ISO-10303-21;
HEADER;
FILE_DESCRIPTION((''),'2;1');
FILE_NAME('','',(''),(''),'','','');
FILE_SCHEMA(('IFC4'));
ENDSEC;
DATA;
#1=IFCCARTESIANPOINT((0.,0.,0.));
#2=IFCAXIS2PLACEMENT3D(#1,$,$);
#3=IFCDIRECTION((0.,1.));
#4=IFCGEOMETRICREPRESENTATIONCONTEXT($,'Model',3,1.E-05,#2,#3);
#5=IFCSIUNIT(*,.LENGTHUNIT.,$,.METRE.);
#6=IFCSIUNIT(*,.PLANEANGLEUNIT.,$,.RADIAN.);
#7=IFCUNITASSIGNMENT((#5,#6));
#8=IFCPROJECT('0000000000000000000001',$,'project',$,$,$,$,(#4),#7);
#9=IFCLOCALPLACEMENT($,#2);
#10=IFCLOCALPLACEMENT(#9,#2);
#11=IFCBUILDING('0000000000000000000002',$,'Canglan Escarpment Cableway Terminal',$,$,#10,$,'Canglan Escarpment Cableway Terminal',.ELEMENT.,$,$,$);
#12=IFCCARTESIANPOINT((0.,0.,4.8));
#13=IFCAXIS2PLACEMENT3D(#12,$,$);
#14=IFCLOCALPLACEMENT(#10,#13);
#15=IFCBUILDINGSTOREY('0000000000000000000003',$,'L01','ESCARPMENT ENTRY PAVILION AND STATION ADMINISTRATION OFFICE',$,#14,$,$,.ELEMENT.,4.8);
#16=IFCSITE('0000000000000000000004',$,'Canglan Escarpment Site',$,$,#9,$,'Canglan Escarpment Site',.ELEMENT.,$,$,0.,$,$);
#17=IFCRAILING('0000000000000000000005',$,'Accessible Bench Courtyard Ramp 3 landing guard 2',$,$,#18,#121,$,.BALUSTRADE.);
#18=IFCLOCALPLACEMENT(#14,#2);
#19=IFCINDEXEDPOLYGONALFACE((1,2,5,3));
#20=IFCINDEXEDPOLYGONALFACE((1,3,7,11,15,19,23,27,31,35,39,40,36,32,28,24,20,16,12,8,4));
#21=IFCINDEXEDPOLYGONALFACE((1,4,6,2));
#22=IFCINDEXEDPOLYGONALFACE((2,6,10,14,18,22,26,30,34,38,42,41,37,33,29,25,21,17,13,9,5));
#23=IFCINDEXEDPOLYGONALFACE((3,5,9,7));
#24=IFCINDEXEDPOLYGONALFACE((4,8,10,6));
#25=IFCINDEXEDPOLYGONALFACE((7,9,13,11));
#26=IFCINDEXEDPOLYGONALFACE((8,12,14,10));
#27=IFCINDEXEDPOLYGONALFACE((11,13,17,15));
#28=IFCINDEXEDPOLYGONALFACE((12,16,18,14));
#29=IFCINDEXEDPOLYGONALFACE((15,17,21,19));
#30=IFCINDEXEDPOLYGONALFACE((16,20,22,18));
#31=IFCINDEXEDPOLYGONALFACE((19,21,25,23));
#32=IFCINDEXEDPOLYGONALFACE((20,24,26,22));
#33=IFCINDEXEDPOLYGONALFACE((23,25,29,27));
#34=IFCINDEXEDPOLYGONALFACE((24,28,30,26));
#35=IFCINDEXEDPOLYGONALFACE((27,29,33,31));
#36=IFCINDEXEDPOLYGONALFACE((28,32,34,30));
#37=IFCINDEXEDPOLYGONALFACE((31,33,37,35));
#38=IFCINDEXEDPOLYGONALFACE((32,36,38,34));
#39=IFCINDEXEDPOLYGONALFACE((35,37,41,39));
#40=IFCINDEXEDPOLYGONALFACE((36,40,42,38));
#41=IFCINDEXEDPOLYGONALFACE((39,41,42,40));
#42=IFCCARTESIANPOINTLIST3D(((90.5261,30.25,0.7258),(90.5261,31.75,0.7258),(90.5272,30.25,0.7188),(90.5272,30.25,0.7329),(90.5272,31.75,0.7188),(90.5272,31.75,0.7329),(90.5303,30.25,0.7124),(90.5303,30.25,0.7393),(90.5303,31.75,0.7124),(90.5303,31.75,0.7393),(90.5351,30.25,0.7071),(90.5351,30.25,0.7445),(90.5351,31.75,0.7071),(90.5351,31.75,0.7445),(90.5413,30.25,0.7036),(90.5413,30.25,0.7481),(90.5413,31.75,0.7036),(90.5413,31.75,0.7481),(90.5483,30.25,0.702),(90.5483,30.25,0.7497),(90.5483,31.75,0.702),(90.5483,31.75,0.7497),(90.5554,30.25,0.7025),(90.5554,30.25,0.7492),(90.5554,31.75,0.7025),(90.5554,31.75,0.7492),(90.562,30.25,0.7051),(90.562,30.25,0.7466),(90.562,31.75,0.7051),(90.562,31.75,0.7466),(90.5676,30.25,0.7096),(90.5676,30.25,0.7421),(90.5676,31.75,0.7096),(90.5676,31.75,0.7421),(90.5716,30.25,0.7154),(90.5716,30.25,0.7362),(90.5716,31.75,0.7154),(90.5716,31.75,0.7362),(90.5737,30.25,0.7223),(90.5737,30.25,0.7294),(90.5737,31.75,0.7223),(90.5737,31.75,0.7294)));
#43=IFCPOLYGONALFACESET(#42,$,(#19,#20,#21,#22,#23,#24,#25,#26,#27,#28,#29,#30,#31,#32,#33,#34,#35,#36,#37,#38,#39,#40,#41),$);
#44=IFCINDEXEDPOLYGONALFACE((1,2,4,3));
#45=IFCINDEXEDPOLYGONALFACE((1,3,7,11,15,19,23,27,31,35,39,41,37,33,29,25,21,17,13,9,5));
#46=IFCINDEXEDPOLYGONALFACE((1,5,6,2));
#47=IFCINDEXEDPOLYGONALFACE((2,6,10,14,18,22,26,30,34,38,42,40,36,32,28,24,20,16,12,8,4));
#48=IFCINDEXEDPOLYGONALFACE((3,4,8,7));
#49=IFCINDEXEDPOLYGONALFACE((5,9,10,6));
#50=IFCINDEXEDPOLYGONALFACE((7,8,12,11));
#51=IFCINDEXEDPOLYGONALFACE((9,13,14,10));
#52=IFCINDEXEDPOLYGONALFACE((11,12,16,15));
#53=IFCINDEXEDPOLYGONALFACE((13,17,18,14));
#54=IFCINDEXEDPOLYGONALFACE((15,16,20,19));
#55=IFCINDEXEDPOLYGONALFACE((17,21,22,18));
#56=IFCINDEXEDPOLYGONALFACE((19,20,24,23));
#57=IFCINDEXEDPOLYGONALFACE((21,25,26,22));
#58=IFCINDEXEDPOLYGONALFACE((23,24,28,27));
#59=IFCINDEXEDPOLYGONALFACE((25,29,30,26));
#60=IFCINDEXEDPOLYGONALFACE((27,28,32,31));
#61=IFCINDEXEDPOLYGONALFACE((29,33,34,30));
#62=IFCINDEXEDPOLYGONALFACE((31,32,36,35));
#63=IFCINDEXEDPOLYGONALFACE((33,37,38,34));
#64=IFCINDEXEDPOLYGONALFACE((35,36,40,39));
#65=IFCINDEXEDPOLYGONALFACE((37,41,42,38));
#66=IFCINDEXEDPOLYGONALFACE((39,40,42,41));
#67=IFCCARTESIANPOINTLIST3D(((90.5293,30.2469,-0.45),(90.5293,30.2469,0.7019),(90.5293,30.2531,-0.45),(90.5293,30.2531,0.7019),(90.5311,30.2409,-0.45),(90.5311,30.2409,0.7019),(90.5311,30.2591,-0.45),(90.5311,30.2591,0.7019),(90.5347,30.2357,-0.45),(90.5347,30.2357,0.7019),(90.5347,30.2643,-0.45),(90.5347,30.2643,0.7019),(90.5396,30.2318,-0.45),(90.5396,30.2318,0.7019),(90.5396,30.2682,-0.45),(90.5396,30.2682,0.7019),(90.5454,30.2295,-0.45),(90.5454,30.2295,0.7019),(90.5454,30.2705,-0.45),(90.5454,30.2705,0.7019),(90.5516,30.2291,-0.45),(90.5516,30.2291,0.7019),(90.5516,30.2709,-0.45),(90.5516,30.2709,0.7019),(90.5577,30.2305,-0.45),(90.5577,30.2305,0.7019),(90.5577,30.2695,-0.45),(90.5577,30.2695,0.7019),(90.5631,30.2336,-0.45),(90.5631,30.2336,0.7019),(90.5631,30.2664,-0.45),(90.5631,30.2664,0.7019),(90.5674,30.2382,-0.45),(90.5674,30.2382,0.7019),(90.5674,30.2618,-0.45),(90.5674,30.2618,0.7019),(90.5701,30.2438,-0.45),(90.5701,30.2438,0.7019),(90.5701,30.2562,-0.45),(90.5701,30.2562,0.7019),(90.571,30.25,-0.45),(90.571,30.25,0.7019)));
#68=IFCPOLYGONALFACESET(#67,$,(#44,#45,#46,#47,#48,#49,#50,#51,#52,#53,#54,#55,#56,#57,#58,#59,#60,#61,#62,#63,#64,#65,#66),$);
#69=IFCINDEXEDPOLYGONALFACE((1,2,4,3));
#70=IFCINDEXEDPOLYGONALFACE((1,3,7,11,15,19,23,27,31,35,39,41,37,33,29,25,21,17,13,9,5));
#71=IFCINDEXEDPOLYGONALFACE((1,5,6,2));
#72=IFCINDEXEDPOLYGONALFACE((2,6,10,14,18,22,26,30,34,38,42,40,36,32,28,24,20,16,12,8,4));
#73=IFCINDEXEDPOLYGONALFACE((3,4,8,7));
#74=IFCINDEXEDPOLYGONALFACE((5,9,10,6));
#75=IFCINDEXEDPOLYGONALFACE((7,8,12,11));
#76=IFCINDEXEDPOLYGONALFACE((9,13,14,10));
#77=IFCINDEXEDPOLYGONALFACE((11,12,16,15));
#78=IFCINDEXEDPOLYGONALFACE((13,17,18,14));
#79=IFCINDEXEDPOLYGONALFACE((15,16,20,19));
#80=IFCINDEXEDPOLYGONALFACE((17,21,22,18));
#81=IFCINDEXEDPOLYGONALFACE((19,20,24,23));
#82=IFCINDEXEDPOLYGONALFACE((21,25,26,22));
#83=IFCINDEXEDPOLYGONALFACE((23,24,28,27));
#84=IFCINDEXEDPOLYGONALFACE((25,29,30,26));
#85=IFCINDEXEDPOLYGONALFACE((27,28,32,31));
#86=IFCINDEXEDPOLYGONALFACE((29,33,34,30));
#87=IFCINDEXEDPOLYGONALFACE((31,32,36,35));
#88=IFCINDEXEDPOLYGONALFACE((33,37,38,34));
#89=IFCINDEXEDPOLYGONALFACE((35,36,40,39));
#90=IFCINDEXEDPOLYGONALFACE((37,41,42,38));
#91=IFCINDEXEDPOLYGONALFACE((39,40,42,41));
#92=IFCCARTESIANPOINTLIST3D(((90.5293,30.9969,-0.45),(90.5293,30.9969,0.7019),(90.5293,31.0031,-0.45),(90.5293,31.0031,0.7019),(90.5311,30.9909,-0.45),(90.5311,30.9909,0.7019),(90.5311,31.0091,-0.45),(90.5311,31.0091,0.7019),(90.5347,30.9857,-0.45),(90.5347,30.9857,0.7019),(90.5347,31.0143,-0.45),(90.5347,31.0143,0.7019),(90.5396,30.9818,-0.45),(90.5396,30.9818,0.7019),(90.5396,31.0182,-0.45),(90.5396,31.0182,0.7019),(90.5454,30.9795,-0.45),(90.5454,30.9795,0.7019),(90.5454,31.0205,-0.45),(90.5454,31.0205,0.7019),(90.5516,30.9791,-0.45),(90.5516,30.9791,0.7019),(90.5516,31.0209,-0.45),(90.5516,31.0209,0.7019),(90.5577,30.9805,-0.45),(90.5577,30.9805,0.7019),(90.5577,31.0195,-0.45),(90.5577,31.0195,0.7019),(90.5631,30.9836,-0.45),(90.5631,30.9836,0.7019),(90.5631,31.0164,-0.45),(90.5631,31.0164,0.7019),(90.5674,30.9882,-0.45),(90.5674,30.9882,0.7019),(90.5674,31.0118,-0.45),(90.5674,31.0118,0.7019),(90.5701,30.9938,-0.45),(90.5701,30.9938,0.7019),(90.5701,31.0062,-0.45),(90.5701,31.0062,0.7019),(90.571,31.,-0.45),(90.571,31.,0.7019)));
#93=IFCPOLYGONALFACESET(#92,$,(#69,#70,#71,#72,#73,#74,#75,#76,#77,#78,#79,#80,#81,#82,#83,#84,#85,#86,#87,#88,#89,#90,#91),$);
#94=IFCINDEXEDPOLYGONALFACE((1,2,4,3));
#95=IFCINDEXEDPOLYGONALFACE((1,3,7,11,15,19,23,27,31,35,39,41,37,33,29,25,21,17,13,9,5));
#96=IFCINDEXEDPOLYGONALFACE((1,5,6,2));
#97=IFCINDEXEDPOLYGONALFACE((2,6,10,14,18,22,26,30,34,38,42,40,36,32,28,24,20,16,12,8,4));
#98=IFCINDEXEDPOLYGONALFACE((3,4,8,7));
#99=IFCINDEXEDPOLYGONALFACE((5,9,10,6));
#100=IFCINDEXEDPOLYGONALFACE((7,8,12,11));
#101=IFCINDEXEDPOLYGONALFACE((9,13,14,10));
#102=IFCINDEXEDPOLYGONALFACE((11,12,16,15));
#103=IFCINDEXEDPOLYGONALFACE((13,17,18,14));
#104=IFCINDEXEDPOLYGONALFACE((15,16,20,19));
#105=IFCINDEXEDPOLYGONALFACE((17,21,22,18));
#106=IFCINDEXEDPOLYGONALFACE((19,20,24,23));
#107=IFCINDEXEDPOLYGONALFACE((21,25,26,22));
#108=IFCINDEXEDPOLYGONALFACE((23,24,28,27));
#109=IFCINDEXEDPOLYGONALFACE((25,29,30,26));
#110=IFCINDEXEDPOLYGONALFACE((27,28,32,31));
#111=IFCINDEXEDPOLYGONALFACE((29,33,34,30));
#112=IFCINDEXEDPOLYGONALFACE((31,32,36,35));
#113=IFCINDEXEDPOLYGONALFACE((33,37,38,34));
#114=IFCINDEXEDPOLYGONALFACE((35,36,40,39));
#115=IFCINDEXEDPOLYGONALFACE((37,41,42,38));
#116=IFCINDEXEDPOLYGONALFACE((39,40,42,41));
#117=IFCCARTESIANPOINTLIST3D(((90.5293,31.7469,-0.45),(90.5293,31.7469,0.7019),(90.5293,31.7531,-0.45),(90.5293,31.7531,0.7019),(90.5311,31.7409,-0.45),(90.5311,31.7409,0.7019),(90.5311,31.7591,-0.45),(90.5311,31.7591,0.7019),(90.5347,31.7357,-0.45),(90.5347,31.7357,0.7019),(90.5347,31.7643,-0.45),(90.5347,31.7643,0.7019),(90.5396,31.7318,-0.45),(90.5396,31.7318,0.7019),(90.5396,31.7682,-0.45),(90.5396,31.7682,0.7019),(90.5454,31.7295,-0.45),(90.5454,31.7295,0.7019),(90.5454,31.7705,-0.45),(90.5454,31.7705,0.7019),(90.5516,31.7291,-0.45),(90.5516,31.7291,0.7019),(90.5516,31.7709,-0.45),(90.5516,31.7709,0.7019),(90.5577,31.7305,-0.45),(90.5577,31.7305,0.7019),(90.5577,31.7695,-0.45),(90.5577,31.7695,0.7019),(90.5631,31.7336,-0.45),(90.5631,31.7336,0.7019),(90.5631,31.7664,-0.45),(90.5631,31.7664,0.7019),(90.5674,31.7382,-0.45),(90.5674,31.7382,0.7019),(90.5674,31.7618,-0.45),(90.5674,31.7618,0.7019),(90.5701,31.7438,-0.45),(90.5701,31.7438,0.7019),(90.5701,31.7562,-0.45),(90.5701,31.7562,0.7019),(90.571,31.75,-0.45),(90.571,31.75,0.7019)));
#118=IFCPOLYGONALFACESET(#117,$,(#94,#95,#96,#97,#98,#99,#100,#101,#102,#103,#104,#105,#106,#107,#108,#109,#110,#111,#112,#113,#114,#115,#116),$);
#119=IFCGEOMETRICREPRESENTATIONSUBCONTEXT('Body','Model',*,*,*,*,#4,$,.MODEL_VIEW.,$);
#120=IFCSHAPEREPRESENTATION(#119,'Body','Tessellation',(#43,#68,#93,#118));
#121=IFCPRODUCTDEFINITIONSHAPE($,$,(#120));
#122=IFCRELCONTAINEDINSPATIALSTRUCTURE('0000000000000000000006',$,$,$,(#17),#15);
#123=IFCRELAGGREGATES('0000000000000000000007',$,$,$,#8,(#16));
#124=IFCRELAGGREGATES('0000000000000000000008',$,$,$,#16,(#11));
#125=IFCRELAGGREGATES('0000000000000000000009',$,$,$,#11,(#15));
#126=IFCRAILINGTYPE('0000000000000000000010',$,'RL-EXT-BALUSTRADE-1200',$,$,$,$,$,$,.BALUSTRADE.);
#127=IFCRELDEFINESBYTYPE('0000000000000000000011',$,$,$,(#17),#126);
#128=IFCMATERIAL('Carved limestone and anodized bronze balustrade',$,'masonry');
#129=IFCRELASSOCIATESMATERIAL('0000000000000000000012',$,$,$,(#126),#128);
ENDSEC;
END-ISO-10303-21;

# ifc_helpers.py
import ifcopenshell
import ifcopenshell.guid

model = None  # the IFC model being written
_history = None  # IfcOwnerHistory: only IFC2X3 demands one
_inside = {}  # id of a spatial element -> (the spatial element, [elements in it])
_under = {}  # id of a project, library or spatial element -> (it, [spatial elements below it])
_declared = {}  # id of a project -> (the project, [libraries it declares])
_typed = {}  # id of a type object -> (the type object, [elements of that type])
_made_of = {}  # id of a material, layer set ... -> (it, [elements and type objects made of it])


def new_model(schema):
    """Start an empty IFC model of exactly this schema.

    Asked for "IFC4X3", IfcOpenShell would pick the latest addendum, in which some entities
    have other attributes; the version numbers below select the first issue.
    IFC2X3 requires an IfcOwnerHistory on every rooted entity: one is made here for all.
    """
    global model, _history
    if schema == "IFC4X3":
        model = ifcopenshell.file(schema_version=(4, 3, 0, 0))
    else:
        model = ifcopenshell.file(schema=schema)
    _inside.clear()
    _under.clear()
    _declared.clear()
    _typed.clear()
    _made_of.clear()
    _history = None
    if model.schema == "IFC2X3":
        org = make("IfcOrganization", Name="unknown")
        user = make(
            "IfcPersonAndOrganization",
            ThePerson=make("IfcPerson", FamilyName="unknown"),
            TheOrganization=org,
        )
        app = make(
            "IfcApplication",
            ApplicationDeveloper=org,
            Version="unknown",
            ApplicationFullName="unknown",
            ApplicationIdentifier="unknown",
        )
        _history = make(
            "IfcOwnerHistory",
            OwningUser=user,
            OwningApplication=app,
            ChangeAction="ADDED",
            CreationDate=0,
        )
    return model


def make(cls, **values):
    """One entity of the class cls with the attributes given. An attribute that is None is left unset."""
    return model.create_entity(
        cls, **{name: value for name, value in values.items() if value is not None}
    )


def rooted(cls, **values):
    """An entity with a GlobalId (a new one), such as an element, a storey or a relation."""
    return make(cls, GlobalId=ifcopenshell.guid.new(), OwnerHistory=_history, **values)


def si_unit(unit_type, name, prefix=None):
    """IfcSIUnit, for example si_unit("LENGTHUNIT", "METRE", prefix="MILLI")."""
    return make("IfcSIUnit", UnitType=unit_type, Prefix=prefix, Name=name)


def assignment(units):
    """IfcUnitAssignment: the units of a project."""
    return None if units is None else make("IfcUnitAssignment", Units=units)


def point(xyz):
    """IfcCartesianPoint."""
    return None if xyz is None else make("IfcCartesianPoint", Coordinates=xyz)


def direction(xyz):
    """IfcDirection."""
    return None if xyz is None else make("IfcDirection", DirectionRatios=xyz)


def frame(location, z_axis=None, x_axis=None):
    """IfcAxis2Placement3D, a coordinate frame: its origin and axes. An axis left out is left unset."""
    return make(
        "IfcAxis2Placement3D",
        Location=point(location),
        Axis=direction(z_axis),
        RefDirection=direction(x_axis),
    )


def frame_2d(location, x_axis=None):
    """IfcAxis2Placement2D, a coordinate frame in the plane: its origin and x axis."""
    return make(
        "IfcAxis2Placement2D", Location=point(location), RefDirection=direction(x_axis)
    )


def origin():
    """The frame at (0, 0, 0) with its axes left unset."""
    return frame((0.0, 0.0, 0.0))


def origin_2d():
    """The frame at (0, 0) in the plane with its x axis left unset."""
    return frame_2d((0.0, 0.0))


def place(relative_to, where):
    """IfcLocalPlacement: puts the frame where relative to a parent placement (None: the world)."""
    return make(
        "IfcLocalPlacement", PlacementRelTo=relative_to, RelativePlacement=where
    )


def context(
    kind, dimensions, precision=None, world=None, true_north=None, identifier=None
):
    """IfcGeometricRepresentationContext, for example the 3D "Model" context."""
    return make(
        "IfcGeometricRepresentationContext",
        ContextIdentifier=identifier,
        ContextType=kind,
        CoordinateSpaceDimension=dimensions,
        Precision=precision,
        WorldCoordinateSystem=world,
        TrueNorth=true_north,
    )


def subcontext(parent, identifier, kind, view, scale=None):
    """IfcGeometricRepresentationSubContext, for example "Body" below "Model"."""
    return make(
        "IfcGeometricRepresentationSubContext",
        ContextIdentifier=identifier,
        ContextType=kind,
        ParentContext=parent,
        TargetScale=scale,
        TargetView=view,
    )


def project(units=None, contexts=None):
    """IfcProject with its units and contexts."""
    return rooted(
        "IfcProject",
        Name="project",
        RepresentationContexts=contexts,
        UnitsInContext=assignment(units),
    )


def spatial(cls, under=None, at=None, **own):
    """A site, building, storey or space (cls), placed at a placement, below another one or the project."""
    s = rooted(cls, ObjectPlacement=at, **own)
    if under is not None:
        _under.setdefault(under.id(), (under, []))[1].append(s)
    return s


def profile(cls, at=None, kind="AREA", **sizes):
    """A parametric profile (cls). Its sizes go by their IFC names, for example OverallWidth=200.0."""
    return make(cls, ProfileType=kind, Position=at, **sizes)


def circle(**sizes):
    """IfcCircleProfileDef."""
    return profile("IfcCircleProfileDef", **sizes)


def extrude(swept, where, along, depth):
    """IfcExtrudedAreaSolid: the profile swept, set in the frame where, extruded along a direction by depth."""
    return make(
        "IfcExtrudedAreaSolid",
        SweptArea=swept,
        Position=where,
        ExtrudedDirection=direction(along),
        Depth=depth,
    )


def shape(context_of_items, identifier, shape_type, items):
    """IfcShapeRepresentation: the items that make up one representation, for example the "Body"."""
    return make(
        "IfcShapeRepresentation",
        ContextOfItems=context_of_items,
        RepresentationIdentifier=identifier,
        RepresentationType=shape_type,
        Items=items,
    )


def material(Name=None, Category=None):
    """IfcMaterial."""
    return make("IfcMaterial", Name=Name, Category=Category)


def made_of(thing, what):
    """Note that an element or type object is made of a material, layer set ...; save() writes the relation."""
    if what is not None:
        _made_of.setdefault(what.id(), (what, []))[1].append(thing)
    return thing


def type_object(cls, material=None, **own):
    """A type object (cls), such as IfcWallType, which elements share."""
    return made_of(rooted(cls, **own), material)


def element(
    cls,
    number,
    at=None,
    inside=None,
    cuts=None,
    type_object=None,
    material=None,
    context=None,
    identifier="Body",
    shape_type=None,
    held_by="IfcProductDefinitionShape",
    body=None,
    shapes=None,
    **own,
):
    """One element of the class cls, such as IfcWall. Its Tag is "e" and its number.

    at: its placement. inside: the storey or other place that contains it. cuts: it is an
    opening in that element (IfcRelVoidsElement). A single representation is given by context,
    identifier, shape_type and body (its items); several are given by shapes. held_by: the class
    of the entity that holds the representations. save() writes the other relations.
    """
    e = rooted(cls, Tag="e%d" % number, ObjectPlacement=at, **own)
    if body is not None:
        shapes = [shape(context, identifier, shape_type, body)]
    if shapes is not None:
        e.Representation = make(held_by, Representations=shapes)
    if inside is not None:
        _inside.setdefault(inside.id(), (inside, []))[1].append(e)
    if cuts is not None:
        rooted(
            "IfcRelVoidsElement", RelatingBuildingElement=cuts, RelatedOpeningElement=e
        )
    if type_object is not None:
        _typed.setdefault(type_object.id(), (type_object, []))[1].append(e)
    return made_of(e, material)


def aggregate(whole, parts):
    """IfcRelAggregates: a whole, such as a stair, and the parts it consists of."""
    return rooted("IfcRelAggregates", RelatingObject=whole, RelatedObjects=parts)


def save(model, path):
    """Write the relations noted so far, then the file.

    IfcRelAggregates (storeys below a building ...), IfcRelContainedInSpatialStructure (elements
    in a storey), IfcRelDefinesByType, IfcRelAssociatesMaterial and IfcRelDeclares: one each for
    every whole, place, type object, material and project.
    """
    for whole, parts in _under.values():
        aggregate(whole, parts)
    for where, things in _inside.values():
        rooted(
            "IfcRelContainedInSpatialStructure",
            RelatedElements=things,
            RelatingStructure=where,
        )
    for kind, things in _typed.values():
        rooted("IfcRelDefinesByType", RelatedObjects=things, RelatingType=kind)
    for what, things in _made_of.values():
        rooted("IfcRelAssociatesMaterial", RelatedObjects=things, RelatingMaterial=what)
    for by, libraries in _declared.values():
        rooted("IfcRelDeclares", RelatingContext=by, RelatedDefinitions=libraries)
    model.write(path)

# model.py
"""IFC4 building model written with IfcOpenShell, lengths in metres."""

from ifc_helpers import new_model, si_unit, direction, frame, origin, origin_2d, place, context, subcontext, project, spatial, circle, extrude, material, type_object, element, save


model = new_model("IFC4")

# Units and contexts
model_context = context("Model", 3, precision=1e-05, world=origin(), true_north=direction((0.0, 1.0)))
body_context = subcontext(model_context, "Body", "Model", "MODEL_VIEW")
ifc_project = project(units=[si_unit("LENGTHUNIT", "METRE"), si_unit("PLANEANGLEUNIT", "RADIAN")], contexts=[model_context])

# Site, building, storey
site_placement = place(None, origin())
site = spatial("IfcSite", under=ifc_project, at=site_placement, Name="Canglan Escarpment Site", LongName="Canglan Escarpment Site", CompositionType="ELEMENT", RefElevation=0.0)
building_placement = place(site_placement, origin())
building = spatial("IfcBuilding", under=site, at=building_placement, Name="Canglan Escarpment Cableway Terminal", LongName="Canglan Escarpment Cableway Terminal", CompositionType="ELEMENT")
storey_placement = place(building_placement, frame((0.0, 0.0, 4.8)))
storey = spatial("IfcBuildingStorey", under=building, at=storey_placement, Name="L01", Description="ESCARPMENT ENTRY PAVILION AND STATION ADMINISTRATION OFFICE", CompositionType="ELEMENT", Elevation=4.8)

# Railing
ifc_material_1 = material(Name="Carved limestone and anodized bronze balustrade", Category="masonry")
railing_type_1 = type_object("IfcRailingType", Name="RL-EXT-BALUSTRADE-1200", PredefinedType="BALUSTRADE", material=ifc_material_1)
railing_1_placement = place(storey_placement, frame((90.55, 30.25, -0.45)))
element("IfcRailing", 1, at=railing_1_placement, inside=storey, type_object=railing_type_1, Name="Accessible Bench Courtyard Ramp 3 landing guard 2", PredefinedType="BALUSTRADE", context=body_context, shape_type="SweptSolid", body=[
    extrude(circle(Radius=0.0239, at=origin_2d()), frame((0.0, 0.0, 1.1758), z_axis=(0.0, 1.0, 0.0), x_axis=(-1.0, 0.0, 0.0)), (0.0, 0.0, 1.0), 1.5),
    extrude(circle(Radius=0.021, at=origin_2d()), origin(), (0.0, 0.0, 1.0), 1.1519),
    extrude(circle(Radius=0.021, at=origin_2d()), frame((0.0, 0.75, 0.0)), (0.0, 0.0, 1.0), 1.1519),
    extrude(circle(Radius=0.021, at=origin_2d()), frame((0.0, 1.5, 0.0)), (0.0, 0.0, 1.0), 1.1519),
])

save(model, "model.ifc")
